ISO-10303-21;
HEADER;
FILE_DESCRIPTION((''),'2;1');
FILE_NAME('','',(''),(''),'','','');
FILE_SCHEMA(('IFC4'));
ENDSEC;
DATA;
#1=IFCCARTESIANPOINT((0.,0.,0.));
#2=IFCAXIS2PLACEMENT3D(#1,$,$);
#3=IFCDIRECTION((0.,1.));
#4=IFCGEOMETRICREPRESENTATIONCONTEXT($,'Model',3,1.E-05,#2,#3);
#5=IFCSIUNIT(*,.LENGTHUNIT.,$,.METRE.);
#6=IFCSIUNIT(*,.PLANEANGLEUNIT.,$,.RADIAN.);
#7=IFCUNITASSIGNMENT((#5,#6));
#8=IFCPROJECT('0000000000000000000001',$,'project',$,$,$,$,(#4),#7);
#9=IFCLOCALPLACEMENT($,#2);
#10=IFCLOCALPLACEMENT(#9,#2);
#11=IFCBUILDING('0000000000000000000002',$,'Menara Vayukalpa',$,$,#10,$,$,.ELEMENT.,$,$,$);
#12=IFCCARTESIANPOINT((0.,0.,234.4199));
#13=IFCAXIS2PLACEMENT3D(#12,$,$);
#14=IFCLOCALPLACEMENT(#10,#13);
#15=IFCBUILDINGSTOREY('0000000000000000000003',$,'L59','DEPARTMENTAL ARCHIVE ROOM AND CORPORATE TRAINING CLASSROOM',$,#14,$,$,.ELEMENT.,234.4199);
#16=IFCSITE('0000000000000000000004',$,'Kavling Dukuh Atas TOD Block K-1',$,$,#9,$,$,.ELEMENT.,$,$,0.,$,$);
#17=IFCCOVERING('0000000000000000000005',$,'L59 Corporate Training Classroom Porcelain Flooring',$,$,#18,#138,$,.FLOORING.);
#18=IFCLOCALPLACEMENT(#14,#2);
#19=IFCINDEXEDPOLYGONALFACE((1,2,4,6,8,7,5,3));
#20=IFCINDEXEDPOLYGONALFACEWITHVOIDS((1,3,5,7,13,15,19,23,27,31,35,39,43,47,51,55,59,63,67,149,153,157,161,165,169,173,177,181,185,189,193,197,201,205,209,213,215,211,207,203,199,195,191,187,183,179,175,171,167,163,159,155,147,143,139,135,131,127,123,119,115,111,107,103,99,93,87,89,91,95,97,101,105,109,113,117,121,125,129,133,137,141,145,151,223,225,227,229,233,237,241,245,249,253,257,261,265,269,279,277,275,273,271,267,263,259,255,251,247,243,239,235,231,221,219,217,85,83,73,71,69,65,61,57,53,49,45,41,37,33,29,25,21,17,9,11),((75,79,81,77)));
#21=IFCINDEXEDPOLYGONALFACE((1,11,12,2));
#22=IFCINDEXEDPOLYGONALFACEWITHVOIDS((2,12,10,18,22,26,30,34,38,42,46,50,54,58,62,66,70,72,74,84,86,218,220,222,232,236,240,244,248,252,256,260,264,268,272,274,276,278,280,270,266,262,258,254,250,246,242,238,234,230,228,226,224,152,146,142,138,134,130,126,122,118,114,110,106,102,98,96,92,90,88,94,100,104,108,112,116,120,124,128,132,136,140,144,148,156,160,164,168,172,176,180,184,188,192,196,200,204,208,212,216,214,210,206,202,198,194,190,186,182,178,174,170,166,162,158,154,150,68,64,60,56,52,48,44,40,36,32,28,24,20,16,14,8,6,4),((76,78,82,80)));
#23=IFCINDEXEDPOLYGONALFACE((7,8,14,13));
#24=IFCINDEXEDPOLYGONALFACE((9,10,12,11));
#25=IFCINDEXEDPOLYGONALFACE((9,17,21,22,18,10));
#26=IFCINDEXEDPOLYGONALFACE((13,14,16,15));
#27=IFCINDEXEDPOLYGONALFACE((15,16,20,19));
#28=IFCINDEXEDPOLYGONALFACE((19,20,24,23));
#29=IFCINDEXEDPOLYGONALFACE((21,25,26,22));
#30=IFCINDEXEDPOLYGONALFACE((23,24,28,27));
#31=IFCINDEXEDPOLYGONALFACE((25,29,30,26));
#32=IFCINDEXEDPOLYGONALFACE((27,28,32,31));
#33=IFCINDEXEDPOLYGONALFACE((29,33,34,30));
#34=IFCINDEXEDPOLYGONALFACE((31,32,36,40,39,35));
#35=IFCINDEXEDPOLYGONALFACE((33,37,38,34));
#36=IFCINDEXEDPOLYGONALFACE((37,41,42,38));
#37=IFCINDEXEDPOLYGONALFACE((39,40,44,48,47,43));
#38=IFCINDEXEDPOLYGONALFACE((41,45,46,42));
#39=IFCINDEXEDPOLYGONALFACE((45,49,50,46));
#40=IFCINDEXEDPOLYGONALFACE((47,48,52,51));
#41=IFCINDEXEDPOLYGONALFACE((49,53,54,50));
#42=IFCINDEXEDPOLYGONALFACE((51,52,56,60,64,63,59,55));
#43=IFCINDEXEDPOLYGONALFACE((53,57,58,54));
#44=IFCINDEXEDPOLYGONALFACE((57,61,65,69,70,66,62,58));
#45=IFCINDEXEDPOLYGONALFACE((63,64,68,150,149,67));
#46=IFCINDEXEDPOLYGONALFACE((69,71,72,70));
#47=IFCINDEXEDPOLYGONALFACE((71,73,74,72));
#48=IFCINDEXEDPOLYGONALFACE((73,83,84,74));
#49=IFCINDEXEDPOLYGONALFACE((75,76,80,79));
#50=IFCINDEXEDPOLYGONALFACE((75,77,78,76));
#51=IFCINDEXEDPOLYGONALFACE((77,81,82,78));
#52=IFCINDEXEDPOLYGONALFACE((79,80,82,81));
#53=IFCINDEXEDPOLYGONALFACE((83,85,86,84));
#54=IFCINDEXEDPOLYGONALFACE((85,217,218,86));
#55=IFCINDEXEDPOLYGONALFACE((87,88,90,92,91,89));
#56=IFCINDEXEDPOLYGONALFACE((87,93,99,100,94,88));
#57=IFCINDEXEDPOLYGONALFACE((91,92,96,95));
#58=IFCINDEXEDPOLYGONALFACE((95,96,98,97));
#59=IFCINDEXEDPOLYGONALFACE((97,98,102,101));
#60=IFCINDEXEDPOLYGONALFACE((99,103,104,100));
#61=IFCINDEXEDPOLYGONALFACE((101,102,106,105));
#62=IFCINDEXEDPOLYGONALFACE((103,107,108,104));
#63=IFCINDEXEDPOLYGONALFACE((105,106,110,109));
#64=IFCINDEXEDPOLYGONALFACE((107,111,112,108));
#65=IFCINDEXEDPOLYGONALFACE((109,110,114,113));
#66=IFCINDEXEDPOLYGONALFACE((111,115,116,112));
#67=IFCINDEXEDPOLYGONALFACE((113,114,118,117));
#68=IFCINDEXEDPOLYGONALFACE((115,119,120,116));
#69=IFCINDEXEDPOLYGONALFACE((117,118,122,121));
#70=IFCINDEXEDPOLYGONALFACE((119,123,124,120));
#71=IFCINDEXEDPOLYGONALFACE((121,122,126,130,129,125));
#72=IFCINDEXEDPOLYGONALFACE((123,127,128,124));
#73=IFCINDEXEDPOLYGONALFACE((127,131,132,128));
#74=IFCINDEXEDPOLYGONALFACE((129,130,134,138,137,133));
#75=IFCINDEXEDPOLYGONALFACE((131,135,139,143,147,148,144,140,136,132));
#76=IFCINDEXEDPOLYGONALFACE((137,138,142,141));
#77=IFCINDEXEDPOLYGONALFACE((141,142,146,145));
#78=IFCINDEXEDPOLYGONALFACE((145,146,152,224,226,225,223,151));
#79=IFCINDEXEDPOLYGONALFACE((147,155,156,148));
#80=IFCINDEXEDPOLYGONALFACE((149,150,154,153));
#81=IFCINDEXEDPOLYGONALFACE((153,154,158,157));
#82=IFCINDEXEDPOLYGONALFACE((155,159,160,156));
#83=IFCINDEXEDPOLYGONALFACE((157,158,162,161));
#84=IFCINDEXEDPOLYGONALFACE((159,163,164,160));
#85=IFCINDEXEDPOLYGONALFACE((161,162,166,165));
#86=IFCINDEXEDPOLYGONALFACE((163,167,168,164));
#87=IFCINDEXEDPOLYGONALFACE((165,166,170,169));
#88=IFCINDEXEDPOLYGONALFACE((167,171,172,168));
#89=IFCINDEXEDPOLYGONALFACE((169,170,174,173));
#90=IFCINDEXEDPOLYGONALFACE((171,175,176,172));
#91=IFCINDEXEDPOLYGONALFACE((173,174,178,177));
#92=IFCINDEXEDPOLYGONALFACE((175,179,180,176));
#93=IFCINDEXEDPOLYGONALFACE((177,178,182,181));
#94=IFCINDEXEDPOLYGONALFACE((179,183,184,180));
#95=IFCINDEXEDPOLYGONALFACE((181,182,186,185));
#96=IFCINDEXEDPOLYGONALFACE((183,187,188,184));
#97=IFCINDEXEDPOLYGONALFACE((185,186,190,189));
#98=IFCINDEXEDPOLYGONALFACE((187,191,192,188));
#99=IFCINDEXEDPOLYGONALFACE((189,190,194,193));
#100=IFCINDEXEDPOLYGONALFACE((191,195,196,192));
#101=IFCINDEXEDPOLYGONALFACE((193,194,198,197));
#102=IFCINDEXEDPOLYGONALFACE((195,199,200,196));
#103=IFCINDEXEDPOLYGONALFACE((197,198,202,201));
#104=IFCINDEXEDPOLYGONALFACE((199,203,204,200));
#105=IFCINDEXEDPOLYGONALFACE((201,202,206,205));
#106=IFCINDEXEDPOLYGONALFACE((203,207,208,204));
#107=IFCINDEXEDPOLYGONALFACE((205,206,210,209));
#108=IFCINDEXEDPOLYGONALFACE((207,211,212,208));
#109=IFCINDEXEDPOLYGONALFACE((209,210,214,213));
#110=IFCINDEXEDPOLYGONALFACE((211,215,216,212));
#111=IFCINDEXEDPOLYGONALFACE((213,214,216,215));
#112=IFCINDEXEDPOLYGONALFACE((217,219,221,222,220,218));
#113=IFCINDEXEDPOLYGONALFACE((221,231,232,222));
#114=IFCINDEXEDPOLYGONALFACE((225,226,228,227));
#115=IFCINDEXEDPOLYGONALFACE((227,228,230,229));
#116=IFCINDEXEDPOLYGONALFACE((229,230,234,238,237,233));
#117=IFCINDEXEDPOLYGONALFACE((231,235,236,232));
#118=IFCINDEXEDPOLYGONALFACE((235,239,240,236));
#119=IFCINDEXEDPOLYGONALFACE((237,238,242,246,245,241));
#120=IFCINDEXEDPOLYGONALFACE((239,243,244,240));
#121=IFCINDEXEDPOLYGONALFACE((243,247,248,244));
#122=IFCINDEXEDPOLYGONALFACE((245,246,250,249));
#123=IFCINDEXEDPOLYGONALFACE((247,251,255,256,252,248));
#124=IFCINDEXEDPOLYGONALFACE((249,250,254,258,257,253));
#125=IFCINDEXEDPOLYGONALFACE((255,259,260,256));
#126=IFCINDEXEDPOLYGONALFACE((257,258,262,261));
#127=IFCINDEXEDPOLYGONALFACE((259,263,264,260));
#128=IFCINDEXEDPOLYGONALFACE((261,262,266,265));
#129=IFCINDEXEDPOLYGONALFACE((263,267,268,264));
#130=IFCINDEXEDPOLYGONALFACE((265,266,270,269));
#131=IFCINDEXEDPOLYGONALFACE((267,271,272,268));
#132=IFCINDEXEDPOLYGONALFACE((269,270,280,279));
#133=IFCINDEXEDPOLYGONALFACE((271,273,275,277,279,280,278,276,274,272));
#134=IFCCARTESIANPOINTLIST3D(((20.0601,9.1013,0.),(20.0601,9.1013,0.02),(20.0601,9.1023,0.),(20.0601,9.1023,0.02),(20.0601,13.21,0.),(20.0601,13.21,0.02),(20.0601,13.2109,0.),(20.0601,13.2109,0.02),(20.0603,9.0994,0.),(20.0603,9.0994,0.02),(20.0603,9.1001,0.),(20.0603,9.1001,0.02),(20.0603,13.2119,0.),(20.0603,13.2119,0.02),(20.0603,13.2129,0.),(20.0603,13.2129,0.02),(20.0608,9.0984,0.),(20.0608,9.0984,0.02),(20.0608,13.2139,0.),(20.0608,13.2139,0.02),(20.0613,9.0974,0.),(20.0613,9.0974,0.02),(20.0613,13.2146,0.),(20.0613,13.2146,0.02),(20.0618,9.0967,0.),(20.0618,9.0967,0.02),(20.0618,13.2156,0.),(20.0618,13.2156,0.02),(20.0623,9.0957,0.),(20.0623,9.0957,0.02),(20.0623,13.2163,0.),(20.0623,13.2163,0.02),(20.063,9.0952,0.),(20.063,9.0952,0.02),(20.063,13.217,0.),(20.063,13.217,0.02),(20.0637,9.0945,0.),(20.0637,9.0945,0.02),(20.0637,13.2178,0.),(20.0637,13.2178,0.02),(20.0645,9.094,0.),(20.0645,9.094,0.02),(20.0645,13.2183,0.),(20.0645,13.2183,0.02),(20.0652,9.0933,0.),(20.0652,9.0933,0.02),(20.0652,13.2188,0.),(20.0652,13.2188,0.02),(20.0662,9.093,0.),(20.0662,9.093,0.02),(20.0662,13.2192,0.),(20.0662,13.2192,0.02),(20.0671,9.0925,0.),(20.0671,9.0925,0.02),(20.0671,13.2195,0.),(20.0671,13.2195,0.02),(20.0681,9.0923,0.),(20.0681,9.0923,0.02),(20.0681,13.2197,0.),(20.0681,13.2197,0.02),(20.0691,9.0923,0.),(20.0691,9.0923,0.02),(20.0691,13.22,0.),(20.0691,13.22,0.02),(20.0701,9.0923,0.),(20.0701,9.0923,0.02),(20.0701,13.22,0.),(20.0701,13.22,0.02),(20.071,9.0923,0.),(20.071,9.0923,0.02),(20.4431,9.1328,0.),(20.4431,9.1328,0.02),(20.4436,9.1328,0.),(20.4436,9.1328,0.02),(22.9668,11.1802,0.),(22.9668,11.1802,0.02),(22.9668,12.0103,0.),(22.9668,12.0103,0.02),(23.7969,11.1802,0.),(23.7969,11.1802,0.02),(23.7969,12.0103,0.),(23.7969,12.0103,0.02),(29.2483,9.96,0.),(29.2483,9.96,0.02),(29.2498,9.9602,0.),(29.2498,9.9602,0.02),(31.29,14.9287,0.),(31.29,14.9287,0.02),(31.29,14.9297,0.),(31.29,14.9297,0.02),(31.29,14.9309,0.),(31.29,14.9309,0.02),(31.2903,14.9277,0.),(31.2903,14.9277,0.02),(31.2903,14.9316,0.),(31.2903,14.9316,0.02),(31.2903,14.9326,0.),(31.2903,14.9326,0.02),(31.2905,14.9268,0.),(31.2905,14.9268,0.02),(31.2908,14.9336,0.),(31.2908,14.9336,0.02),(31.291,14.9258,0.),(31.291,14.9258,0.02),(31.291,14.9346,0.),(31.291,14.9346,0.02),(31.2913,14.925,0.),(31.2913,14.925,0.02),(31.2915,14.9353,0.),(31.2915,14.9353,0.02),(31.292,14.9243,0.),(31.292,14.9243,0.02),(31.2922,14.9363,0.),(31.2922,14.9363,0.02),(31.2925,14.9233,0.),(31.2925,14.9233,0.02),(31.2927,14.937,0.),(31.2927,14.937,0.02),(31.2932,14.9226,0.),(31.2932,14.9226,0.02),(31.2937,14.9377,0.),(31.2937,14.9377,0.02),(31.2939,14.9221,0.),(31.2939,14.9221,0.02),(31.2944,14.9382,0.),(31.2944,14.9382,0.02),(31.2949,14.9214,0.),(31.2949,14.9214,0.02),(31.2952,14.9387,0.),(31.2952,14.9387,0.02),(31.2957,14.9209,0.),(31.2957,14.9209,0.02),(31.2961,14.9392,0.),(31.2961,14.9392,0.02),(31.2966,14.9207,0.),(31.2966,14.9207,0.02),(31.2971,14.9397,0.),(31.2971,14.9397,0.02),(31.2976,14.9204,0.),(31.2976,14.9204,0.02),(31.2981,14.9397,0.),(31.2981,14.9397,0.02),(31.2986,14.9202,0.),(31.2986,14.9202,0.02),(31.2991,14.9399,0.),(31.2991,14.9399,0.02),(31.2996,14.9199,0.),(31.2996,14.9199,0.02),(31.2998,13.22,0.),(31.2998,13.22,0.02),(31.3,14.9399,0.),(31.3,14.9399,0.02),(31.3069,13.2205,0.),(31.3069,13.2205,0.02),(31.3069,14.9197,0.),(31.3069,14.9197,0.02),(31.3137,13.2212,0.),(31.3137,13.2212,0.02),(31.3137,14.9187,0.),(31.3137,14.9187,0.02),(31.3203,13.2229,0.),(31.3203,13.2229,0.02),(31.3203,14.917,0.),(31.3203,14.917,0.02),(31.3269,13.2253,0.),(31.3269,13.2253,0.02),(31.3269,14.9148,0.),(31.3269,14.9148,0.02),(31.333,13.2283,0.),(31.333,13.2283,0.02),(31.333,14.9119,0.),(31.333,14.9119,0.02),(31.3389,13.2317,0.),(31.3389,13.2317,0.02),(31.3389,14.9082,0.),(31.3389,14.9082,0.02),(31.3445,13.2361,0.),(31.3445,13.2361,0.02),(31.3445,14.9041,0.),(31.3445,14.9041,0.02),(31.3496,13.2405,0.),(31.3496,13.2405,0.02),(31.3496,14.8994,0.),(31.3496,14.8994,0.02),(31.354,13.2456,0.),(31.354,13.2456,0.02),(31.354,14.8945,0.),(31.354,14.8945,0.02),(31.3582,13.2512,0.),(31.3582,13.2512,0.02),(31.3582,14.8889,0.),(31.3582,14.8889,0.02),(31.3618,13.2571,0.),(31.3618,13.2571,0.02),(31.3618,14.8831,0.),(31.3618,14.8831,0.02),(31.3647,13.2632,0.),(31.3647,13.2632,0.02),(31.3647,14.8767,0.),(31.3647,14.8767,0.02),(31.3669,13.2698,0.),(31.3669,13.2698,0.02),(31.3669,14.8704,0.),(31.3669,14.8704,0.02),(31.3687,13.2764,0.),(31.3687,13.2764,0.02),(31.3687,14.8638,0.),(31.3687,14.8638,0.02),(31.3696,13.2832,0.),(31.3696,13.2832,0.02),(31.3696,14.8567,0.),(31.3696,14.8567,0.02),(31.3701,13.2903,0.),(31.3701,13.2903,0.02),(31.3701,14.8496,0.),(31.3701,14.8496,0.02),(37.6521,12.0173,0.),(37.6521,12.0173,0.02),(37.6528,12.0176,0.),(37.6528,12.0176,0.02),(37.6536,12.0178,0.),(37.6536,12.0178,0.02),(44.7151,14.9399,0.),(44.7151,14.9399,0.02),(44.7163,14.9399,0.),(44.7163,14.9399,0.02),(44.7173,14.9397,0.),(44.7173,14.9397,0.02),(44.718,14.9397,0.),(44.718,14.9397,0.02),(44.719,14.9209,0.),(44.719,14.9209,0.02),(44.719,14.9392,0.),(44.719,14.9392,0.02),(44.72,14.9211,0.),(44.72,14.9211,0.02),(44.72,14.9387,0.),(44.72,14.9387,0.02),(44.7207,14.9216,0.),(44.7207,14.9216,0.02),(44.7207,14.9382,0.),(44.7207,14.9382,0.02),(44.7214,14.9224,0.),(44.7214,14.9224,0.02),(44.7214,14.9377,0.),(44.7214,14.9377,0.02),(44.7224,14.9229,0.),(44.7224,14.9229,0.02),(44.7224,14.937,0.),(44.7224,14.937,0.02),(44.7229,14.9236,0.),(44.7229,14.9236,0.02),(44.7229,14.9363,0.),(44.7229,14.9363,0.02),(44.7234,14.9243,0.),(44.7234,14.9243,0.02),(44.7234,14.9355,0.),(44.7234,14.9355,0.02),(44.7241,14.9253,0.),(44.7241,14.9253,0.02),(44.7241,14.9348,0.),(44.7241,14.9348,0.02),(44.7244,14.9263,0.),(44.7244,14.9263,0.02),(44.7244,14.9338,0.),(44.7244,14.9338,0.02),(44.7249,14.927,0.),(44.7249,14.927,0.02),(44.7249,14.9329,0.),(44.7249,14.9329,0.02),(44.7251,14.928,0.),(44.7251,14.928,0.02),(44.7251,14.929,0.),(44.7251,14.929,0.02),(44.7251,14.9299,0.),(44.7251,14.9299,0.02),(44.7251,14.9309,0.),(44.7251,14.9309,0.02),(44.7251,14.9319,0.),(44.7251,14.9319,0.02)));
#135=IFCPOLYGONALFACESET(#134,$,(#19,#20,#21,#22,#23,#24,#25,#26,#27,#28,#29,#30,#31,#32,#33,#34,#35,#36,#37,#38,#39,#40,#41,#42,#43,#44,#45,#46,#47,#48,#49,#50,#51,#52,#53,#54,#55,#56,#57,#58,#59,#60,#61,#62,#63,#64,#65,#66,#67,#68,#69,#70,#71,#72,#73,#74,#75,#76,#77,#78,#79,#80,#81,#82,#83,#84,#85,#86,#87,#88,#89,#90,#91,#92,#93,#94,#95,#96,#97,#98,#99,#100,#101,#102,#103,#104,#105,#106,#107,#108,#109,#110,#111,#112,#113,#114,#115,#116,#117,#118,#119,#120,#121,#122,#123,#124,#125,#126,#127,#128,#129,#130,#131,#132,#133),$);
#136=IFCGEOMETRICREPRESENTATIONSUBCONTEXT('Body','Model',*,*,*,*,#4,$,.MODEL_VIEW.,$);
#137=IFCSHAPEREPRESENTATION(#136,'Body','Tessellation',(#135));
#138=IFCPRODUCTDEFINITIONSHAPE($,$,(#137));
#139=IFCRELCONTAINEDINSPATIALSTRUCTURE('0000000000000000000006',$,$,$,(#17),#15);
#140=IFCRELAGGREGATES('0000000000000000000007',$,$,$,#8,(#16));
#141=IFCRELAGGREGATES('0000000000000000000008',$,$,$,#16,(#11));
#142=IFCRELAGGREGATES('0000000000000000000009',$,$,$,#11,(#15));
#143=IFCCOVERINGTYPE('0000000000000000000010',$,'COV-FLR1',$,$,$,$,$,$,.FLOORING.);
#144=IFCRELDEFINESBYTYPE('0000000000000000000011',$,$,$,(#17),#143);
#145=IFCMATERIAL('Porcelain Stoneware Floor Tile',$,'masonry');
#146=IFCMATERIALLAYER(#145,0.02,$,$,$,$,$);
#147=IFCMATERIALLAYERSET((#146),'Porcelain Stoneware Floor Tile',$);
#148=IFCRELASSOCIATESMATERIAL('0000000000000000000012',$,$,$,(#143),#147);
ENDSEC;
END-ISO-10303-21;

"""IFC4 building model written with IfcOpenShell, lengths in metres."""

from ifc_helpers import new_model, si_unit, direction, frame, origin, place, context, subcontext, project, spatial, polyline, outline, extrude, material, layer, layer_set, type_object, element, save


model = new_model("IFC4")

# Units and contexts
model_context = context("Model", 3, precision=1e-05, world=origin(), true_north=direction((0.0, 1.0)))
body_context = subcontext(model_context, "Body", "Model", "MODEL_VIEW")
ifc_project = project(units=[si_unit("LENGTHUNIT", "METRE"), si_unit("PLANEANGLEUNIT", "RADIAN")], contexts=[model_context])

# Site, building, storey
site_placement = place(None, origin())
site = spatial("IfcSite", under=ifc_project, at=site_placement, Name="Kavling Dukuh Atas TOD Block K-1", CompositionType="ELEMENT", RefElevation=0.0)
building_placement = place(site_placement, origin())
building = spatial("IfcBuilding", under=site, at=building_placement, Name="Menara Vayukalpa", CompositionType="ELEMENT")
storey_placement = place(building_placement, frame((0.0, 0.0, 234.4199)))
storey = spatial("IfcBuildingStorey", under=building, at=storey_placement, Name="L59", Description="DEPARTMENTAL ARCHIVE ROOM AND CORPORATE TRAINING CLASSROOM", CompositionType="ELEMENT", Elevation=234.4199)

# Covering
ifc_material_1 = material(Name="Porcelain Stoneware Floor Tile", Category="masonry")
ifc_layer_1 = layer(ifc_material_1, 0.02)
ifc_layer_set_1 = layer_set([ifc_layer_1], Name="Porcelain Stoneware Floor Tile")
covering_type_1 = type_object("IfcCoveringType", Name="COV-FLR1", PredefinedType="FLOORING", material=ifc_layer_set_1)
covering_1_placement = place(storey_placement, origin())
element("IfcCovering", 1, at=covering_1_placement, inside=storey, type_object=covering_type_1, Name="L59 Corporate Training Classroom Porcelain Flooring", PredefinedType="FLOORING", context=body_context, shape_type="SweptSolid", body=[
    extrude(outline(polyline([(20.0701, 9.0923), (20.0691, 9.0923), (20.0681, 9.0923), (20.0671, 9.0925), (20.0662, 9.093), (20.0652, 9.0933), (20.0645, 9.094), (20.0637, 9.0945), (20.063, 9.0952), (20.0623, 9.0957), (20.0618, 9.0967), (20.0613, 9.0974), (20.0608, 9.0984), (20.0603, 9.0994), (20.0603, 9.1001), (20.0601, 9.1013), (20.0601, 9.1023), (20.0601, 13.21), (20.0601, 13.2109), (20.0603, 13.2119), (20.0603, 13.2129), (20.0608, 13.2139), (20.0613, 13.2146), (20.0618, 13.2156), (20.0623, 13.2163), (20.063, 13.217), (20.0637, 13.2178), (20.0645, 13.2183), (20.0652, 13.2188), (20.0662, 13.2192), (20.0671, 13.2195), (20.0681, 13.2197), (20.0691, 13.22), (20.0701, 13.22), (31.2998, 13.22), (31.3069, 13.2205), (31.3137, 13.2212), (31.3203, 13.2229), (31.3269, 13.2253), (31.333, 13.2283), (31.3389, 13.2317), (31.3445, 13.2361), (31.3496, 13.2405), (31.354, 13.2456), (31.3582, 13.2512), (31.3618, 13.2571), (31.3647, 13.2632), (31.3669, 13.2698), (31.3687, 13.2764), (31.3696, 13.2832), (31.3701, 13.2903), (31.3701, 14.8496), (31.3696, 14.8567), (31.3687, 14.8638), (31.3669, 14.8704), (31.3647, 14.8767), (31.3618, 14.8831), (31.3582, 14.8889), (31.354, 14.8945), (31.3496, 14.8994), (31.3445, 14.9041), (31.3389, 14.9082), (31.333, 14.9119), (31.3269, 14.9148), (31.3203, 14.917), (31.3137, 14.9187), (31.3069, 14.9197), (31.2996, 14.9199), (31.2986, 14.9202), (31.2976, 14.9204), (31.2966, 14.9207), (31.2957, 14.9209), (31.2949, 14.9214), (31.2939, 14.9221), (31.2932, 14.9226), (31.2925, 14.9233), (31.292, 14.9243), (31.2913, 14.925), (31.291, 14.9258), (31.2905, 14.9268), (31.2903, 14.9277), (31.29, 14.9287), (31.29, 14.9297), (31.29, 14.9309), (31.2903, 14.9316), (31.2903, 14.9326), (31.2908, 14.9336), (31.291, 14.9346), (31.2915, 14.9353), (31.2922, 14.9363), (31.2927, 14.937), (31.2937, 14.9377), (31.2944, 14.9382), (31.2952, 14.9387), (31.2961, 14.9392), (31.2971, 14.9397), (31.2981, 14.9397), (31.2991, 14.9399), (31.3, 14.9399), (44.7151, 14.9399), (44.7163, 14.9399), (44.7173, 14.9397), (44.718, 14.9397), (44.719, 14.9392), (44.72, 14.9387), (44.7207, 14.9382), (44.7214, 14.9377), (44.7224, 14.937), (44.7229, 14.9363), (44.7234, 14.9355), (44.7241, 14.9348), (44.7244, 14.9338), (44.7249, 14.9329), (44.7251, 14.9319), (44.7251, 14.9309), (44.7251, 14.9299), (44.7251, 14.929), (44.7251, 14.928), (44.7249, 14.927), (44.7244, 14.9263), (44.7241, 14.9253), (44.7234, 14.9243), (44.7229, 14.9236), (44.7224, 14.9229), (44.7214, 14.9224), (44.7207, 14.9216), (44.72, 14.9211), (44.719, 14.9209), (37.6536, 12.0178), (37.6528, 12.0176), (37.6521, 12.0173), (29.2498, 9.9602), (29.2483, 9.96), (20.4436, 9.1328), (20.4431, 9.1328), (20.071, 9.0923), (20.0701, 9.0923)]), holes=[polyline([(23.7969, 12.0103), (22.9668, 12.0103), (22.9668, 11.1802), (23.7969, 11.1802), (23.7969, 12.0103)])]), origin(), (0.0, 0.0, 1.0), 0.02),
])

save(model, "model.ifc")
